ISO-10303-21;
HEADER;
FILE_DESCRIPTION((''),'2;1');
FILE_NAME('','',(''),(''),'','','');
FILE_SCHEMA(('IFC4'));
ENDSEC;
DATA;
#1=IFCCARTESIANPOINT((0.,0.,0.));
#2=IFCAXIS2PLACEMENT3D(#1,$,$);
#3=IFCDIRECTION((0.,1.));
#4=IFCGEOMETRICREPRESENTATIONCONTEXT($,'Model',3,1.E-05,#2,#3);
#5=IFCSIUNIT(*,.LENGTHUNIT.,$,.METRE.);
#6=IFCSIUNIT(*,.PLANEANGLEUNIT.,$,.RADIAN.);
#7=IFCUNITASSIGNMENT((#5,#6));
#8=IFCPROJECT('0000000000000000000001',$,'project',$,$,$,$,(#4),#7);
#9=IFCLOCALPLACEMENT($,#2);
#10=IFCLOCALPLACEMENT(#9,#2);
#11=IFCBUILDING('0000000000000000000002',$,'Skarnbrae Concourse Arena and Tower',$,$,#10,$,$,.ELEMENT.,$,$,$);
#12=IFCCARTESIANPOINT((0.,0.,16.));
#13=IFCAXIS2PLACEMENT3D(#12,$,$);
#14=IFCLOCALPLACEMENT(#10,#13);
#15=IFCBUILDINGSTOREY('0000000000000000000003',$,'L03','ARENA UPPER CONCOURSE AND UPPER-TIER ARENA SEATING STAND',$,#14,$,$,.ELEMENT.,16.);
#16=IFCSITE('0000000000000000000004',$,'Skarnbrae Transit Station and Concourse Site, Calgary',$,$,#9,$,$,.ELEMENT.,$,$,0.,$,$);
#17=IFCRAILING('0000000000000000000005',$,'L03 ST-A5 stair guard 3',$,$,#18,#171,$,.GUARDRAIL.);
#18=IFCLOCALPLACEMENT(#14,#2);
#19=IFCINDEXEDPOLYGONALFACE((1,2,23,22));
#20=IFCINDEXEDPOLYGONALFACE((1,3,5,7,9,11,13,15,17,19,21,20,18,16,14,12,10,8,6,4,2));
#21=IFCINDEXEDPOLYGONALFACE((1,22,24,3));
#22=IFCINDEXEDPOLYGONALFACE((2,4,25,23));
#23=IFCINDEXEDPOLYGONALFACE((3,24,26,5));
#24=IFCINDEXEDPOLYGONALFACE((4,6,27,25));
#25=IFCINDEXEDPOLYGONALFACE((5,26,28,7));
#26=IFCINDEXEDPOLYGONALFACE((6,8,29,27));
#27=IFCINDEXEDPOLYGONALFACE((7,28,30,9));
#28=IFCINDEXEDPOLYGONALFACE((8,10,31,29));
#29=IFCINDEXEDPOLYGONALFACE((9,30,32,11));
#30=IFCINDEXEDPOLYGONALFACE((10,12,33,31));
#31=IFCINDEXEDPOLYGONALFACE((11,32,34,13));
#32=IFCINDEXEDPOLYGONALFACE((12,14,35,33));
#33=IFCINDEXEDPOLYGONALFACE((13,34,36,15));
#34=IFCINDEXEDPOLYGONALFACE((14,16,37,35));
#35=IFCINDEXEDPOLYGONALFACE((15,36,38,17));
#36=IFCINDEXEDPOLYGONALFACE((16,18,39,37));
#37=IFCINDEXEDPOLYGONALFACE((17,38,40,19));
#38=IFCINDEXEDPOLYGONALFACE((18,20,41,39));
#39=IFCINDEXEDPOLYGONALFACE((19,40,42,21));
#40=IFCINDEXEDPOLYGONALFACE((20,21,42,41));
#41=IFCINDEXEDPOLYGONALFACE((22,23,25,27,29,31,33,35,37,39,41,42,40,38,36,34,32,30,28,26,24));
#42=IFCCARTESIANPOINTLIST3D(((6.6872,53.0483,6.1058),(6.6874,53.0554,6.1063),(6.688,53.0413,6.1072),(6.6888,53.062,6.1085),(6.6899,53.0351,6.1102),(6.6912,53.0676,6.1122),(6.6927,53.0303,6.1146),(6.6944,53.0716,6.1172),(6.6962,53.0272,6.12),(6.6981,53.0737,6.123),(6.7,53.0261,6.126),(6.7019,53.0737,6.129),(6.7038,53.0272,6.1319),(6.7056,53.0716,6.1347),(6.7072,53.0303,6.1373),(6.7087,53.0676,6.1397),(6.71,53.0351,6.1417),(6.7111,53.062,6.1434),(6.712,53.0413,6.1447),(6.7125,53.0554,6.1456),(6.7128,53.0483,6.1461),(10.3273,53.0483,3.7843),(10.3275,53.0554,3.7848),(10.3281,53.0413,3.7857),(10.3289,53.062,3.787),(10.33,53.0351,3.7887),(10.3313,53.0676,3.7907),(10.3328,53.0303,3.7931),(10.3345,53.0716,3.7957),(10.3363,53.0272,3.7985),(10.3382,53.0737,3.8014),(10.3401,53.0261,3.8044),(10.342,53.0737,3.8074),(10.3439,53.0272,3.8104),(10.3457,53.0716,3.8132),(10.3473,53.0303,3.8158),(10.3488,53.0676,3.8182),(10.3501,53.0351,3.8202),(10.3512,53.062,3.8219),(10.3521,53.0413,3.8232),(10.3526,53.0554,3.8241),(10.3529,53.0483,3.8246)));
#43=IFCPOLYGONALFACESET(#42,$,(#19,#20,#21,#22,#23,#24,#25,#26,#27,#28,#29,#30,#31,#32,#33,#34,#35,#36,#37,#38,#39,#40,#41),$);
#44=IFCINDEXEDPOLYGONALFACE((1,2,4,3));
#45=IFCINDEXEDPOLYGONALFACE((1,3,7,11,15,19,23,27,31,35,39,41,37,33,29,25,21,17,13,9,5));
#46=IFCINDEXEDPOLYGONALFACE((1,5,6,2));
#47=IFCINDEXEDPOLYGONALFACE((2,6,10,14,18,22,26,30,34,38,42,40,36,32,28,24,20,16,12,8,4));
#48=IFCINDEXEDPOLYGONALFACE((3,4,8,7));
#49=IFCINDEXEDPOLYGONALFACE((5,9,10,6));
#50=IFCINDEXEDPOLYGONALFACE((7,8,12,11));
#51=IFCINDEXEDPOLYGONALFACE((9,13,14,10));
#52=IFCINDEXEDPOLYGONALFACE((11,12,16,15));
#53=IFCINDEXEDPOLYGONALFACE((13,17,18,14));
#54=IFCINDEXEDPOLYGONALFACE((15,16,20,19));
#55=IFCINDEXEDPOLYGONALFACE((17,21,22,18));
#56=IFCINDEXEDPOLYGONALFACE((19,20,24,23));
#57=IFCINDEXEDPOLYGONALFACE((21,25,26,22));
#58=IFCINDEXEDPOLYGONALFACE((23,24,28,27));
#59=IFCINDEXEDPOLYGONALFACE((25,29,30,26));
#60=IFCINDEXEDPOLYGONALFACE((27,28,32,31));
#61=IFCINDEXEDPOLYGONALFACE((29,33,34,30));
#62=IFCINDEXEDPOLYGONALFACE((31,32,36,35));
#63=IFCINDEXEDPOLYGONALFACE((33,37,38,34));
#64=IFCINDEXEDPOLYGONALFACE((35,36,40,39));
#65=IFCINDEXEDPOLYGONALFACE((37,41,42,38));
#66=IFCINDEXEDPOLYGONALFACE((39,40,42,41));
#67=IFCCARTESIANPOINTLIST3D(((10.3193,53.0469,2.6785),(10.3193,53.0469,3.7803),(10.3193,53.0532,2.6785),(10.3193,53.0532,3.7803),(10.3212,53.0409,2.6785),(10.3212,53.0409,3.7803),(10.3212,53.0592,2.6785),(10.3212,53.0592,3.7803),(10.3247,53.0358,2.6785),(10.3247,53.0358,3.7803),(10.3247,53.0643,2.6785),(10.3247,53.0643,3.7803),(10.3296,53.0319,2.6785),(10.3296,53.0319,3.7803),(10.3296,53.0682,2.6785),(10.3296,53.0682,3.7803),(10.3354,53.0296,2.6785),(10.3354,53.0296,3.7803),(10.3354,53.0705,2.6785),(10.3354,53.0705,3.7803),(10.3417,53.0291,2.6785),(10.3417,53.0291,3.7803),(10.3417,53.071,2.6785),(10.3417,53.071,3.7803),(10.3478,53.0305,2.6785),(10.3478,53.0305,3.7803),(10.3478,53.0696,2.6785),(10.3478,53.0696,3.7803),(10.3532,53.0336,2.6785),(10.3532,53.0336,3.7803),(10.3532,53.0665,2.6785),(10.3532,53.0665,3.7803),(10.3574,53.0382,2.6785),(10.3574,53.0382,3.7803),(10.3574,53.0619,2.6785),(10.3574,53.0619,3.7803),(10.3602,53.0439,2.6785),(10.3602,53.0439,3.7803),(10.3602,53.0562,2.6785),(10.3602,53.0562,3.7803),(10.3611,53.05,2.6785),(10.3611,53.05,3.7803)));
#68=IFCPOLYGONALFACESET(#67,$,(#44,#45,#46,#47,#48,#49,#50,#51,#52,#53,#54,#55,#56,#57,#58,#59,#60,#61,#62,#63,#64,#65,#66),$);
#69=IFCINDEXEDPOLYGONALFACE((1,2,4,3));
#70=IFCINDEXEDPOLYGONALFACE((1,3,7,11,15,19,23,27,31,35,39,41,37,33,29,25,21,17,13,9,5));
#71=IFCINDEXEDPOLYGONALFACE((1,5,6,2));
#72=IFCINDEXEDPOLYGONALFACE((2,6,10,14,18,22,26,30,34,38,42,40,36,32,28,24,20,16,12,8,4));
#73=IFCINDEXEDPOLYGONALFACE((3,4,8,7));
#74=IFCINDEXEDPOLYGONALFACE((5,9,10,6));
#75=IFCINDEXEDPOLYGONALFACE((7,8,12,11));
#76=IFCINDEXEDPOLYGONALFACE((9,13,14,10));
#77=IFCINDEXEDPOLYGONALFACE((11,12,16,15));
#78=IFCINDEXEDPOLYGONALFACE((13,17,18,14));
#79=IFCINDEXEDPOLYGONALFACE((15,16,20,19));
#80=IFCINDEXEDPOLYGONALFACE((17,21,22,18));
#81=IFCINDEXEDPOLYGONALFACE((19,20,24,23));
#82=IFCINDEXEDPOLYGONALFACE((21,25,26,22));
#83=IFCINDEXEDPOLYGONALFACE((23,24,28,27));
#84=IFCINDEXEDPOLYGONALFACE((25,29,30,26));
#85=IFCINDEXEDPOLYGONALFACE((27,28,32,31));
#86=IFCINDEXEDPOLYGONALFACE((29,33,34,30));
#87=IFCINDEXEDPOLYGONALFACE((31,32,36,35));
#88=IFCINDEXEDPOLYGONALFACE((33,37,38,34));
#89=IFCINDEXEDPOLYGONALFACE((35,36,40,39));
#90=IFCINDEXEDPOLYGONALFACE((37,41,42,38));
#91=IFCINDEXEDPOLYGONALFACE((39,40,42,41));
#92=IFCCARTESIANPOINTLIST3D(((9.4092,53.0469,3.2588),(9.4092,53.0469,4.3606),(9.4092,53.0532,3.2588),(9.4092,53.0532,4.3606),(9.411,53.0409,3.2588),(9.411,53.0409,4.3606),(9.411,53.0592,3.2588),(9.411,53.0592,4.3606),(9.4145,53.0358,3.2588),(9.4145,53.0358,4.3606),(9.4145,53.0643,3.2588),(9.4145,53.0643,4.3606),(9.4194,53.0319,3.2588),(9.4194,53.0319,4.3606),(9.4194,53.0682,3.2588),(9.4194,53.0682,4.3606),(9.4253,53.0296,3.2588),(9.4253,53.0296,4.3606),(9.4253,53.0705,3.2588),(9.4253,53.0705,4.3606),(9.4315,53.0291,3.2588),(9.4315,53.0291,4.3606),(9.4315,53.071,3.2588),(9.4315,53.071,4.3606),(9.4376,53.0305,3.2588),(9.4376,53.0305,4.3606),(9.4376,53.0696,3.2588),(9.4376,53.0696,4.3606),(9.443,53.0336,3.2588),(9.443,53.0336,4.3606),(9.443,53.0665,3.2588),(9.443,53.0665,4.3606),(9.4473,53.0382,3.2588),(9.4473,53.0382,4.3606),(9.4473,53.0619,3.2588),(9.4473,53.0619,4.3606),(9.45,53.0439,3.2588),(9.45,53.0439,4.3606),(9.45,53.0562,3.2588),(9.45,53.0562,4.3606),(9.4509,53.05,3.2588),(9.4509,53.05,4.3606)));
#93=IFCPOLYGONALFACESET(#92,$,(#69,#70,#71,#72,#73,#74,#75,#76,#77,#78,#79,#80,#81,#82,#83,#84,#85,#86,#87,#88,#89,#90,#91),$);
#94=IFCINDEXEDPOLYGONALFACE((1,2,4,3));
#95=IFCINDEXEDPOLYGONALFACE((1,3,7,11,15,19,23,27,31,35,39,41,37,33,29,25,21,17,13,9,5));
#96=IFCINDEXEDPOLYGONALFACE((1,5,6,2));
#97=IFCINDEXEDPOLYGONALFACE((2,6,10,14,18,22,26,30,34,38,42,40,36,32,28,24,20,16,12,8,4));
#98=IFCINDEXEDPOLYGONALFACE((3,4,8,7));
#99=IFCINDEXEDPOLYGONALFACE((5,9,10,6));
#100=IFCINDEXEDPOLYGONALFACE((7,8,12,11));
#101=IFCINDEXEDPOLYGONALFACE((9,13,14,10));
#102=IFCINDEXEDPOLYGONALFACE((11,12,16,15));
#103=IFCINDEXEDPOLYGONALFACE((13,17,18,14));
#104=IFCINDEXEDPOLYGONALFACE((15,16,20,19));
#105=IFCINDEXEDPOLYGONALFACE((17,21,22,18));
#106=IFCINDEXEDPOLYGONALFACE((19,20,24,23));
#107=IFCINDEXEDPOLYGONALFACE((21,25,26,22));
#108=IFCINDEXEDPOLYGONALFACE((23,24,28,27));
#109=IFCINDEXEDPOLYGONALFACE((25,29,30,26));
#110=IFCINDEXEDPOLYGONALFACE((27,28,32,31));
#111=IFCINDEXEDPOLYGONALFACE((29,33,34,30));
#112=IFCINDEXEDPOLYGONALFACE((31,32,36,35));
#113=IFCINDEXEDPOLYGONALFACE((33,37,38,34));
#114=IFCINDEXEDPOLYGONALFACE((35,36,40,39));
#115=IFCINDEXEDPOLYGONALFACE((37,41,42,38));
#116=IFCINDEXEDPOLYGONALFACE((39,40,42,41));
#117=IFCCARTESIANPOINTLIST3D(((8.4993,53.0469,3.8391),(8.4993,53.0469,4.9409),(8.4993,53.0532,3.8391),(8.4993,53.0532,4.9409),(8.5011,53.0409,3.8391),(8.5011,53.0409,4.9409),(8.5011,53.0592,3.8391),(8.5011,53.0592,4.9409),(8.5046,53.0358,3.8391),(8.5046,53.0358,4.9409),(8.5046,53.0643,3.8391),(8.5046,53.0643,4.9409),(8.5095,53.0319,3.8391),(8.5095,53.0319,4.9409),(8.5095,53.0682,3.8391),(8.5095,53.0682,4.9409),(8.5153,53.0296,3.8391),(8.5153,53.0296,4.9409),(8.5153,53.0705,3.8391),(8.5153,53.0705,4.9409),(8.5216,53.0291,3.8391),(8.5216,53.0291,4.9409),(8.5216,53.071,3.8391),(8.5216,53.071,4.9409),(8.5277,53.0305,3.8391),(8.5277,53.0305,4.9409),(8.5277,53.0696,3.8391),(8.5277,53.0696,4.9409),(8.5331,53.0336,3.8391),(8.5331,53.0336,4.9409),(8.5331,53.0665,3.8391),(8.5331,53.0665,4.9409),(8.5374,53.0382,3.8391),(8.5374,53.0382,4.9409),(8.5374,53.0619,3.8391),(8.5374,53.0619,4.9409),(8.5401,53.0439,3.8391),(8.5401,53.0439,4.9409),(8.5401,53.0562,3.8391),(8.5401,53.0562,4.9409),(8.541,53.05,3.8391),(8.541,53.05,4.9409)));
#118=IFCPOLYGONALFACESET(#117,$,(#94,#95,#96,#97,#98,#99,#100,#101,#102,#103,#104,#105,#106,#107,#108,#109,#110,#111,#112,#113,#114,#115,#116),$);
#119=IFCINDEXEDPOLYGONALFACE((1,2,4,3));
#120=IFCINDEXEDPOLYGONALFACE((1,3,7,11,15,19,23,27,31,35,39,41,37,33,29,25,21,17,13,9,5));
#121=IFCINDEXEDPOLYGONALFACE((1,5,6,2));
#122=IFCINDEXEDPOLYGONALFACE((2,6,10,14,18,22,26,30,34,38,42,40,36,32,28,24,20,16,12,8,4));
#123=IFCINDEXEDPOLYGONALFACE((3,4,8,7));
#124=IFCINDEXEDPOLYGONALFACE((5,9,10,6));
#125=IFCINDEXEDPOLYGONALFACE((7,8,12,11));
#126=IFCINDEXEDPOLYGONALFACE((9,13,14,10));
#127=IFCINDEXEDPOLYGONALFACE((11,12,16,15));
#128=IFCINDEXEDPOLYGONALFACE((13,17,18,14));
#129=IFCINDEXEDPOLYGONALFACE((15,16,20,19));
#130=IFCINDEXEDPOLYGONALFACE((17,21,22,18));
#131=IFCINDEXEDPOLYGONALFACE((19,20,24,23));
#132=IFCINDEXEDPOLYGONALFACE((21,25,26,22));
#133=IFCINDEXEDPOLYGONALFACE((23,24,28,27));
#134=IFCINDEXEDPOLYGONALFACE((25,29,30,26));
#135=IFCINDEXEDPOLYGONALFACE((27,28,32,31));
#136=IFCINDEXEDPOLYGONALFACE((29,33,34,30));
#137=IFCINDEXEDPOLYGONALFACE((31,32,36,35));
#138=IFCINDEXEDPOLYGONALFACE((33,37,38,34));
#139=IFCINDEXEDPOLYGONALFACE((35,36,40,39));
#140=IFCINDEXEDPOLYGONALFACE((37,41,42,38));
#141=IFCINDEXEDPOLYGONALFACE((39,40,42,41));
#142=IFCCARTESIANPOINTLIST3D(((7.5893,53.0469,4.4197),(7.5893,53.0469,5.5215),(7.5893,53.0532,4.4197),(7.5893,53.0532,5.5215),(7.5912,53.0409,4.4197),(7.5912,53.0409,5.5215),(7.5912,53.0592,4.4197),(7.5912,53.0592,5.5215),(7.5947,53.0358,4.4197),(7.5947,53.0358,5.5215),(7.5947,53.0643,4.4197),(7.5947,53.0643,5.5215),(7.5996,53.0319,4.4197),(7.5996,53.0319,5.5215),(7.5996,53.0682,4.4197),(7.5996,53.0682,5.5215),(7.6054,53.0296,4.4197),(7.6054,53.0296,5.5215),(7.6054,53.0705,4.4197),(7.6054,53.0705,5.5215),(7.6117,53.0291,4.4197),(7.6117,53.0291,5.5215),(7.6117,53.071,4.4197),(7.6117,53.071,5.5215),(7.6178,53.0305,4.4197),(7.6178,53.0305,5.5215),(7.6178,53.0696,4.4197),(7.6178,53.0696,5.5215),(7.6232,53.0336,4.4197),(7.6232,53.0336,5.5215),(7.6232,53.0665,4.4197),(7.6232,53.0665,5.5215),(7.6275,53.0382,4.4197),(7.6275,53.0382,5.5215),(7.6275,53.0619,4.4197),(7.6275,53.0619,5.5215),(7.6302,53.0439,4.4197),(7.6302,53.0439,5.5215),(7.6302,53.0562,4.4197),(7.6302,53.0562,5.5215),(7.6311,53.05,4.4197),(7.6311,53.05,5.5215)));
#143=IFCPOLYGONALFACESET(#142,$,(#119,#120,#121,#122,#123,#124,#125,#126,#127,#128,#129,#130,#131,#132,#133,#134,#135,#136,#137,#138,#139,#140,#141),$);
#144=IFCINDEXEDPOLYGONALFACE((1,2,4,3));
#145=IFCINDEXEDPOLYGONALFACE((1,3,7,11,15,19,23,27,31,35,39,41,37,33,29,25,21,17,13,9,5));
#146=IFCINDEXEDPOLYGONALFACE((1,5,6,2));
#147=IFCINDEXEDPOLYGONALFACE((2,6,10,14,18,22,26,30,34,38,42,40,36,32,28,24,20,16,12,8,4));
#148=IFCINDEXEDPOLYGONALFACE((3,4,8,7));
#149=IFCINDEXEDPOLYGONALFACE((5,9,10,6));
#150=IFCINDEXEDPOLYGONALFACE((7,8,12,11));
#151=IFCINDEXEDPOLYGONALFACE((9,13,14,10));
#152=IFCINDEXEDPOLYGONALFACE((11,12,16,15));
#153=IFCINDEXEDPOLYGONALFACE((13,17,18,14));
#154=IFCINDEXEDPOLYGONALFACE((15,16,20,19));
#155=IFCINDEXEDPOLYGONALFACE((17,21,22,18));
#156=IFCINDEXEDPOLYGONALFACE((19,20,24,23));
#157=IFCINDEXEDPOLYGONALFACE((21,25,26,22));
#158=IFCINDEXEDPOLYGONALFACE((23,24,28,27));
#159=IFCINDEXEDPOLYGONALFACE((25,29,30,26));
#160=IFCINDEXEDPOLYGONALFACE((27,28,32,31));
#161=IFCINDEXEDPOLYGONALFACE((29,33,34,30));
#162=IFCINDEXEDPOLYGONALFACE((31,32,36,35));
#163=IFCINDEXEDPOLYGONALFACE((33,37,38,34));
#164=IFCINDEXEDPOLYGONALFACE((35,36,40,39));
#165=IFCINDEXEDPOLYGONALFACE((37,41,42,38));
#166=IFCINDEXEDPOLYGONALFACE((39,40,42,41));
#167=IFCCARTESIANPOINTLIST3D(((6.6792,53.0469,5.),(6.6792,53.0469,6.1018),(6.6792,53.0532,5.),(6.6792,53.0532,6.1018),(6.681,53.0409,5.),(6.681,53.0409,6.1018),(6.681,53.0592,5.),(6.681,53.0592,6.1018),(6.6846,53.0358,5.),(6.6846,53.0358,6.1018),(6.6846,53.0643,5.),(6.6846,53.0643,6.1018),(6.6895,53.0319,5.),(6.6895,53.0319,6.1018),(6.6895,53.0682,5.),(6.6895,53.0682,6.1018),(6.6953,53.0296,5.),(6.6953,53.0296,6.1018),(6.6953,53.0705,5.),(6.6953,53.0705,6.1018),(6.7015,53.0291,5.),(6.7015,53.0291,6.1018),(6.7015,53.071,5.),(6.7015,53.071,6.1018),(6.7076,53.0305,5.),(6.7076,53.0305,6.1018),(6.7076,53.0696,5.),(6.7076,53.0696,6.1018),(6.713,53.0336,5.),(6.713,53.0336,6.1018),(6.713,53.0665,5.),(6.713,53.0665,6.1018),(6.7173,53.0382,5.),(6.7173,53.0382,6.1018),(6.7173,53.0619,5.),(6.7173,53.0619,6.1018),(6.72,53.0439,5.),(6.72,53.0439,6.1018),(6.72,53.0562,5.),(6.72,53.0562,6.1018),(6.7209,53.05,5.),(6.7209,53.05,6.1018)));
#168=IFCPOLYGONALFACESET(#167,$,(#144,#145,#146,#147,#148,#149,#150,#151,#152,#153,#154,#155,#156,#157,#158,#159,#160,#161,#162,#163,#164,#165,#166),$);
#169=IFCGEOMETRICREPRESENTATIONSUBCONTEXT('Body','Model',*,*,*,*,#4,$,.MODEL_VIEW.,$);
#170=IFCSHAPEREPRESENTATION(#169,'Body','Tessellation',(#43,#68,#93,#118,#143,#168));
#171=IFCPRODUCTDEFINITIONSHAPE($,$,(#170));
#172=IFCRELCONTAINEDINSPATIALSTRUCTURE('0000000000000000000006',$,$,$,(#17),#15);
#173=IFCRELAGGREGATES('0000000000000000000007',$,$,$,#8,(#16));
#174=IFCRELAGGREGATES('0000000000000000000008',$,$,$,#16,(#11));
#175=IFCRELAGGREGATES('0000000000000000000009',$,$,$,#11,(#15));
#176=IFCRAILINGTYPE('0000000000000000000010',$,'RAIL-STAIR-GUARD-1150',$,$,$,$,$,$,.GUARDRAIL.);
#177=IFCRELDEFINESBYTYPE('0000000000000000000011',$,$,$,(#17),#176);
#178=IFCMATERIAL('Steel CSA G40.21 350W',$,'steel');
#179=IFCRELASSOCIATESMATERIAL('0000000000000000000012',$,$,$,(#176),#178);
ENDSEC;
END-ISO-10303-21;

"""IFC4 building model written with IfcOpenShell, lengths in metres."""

from ifc_helpers import new_model, si_unit, direction, frame, origin, origin_2d, place, context, subcontext, project, spatial, circle, extrude, material, type_object, element, save


model = new_model("IFC4")

# Units and contexts
model_context = context("Model", 3, precision=1e-05, world=origin(), true_north=direction((0.0, 1.0)))
body_context = subcontext(model_context, "Body", "Model", "MODEL_VIEW")
ifc_project = project(units=[si_unit("LENGTHUNIT", "METRE"), si_unit("PLANEANGLEUNIT", "RADIAN")], contexts=[model_context])

# Site, building, storey
site_placement = place(None, origin())
site = spatial("IfcSite", under=ifc_project, at=site_placement, Name="Skarnbrae Transit Station and Concourse Site, Calgary", CompositionType="ELEMENT", RefElevation=0.0)
building_placement = place(site_placement, origin())
building = spatial("IfcBuilding", under=site, at=building_placement, Name="Skarnbrae Concourse Arena and Tower", CompositionType="ELEMENT")
storey_placement = place(building_placement, frame((0.0, 0.0, 16.0)))
storey = spatial("IfcBuildingStorey", under=building, at=storey_placement, Name="L03", Description="ARENA UPPER CONCOURSE AND UPPER-TIER ARENA SEATING STAND", CompositionType="ELEMENT", Elevation=16.0)

# Shared definitions
ifc_material_1 = material(Name="Steel CSA G40.21 350W", Category="steel")

# Railing
railing_type_1 = type_object("IfcRailingType", Name="RAIL-STAIR-GUARD-1150", PredefinedType="GUARDRAIL", material=ifc_material_1)
railing_1_placement = place(storey_placement, frame((10.3401, 53.05, 2.6785)))
element("IfcRailing", 1, at=railing_1_placement, inside=storey, type_object=railing_type_1, Name="L03 ST-A5 stair guard 3", PredefinedType="GUARDRAIL", context=body_context, shape_type="SweptSolid", body=[
    extrude(circle(Radius=0.0239, at=origin_2d()), frame((0.0, 0.0, 1.126), z_axis=(-0.843128, 0.0, 0.537713), x_axis=(0.0, -1.0, 0.0)), (0.0, 0.0, 1.0), 4.3174),
    extrude(circle(Radius=0.021, at=origin_2d()), origin(), (0.0, 0.0, 1.0), 1.1018),
    extrude(circle(Radius=0.021, at=origin_2d()), frame((-0.9102, 0.0, 0.5803)), (0.0, 0.0, 1.0), 1.1018),
    extrude(circle(Radius=0.021, at=origin_2d()), frame((-1.8201, 0.0, 1.1606)), (0.0, 0.0, 1.0), 1.1018),
    extrude(circle(Radius=0.021, at=origin_2d()), frame((-2.73, 0.0, 1.7412)), (0.0, 0.0, 1.0), 1.1018),
    extrude(circle(Radius=0.021, at=origin_2d()), frame((-3.6401, 0.0, 2.3215)), (0.0, 0.0, 1.0), 1.1018),
])

save(model, "model.ifc")
